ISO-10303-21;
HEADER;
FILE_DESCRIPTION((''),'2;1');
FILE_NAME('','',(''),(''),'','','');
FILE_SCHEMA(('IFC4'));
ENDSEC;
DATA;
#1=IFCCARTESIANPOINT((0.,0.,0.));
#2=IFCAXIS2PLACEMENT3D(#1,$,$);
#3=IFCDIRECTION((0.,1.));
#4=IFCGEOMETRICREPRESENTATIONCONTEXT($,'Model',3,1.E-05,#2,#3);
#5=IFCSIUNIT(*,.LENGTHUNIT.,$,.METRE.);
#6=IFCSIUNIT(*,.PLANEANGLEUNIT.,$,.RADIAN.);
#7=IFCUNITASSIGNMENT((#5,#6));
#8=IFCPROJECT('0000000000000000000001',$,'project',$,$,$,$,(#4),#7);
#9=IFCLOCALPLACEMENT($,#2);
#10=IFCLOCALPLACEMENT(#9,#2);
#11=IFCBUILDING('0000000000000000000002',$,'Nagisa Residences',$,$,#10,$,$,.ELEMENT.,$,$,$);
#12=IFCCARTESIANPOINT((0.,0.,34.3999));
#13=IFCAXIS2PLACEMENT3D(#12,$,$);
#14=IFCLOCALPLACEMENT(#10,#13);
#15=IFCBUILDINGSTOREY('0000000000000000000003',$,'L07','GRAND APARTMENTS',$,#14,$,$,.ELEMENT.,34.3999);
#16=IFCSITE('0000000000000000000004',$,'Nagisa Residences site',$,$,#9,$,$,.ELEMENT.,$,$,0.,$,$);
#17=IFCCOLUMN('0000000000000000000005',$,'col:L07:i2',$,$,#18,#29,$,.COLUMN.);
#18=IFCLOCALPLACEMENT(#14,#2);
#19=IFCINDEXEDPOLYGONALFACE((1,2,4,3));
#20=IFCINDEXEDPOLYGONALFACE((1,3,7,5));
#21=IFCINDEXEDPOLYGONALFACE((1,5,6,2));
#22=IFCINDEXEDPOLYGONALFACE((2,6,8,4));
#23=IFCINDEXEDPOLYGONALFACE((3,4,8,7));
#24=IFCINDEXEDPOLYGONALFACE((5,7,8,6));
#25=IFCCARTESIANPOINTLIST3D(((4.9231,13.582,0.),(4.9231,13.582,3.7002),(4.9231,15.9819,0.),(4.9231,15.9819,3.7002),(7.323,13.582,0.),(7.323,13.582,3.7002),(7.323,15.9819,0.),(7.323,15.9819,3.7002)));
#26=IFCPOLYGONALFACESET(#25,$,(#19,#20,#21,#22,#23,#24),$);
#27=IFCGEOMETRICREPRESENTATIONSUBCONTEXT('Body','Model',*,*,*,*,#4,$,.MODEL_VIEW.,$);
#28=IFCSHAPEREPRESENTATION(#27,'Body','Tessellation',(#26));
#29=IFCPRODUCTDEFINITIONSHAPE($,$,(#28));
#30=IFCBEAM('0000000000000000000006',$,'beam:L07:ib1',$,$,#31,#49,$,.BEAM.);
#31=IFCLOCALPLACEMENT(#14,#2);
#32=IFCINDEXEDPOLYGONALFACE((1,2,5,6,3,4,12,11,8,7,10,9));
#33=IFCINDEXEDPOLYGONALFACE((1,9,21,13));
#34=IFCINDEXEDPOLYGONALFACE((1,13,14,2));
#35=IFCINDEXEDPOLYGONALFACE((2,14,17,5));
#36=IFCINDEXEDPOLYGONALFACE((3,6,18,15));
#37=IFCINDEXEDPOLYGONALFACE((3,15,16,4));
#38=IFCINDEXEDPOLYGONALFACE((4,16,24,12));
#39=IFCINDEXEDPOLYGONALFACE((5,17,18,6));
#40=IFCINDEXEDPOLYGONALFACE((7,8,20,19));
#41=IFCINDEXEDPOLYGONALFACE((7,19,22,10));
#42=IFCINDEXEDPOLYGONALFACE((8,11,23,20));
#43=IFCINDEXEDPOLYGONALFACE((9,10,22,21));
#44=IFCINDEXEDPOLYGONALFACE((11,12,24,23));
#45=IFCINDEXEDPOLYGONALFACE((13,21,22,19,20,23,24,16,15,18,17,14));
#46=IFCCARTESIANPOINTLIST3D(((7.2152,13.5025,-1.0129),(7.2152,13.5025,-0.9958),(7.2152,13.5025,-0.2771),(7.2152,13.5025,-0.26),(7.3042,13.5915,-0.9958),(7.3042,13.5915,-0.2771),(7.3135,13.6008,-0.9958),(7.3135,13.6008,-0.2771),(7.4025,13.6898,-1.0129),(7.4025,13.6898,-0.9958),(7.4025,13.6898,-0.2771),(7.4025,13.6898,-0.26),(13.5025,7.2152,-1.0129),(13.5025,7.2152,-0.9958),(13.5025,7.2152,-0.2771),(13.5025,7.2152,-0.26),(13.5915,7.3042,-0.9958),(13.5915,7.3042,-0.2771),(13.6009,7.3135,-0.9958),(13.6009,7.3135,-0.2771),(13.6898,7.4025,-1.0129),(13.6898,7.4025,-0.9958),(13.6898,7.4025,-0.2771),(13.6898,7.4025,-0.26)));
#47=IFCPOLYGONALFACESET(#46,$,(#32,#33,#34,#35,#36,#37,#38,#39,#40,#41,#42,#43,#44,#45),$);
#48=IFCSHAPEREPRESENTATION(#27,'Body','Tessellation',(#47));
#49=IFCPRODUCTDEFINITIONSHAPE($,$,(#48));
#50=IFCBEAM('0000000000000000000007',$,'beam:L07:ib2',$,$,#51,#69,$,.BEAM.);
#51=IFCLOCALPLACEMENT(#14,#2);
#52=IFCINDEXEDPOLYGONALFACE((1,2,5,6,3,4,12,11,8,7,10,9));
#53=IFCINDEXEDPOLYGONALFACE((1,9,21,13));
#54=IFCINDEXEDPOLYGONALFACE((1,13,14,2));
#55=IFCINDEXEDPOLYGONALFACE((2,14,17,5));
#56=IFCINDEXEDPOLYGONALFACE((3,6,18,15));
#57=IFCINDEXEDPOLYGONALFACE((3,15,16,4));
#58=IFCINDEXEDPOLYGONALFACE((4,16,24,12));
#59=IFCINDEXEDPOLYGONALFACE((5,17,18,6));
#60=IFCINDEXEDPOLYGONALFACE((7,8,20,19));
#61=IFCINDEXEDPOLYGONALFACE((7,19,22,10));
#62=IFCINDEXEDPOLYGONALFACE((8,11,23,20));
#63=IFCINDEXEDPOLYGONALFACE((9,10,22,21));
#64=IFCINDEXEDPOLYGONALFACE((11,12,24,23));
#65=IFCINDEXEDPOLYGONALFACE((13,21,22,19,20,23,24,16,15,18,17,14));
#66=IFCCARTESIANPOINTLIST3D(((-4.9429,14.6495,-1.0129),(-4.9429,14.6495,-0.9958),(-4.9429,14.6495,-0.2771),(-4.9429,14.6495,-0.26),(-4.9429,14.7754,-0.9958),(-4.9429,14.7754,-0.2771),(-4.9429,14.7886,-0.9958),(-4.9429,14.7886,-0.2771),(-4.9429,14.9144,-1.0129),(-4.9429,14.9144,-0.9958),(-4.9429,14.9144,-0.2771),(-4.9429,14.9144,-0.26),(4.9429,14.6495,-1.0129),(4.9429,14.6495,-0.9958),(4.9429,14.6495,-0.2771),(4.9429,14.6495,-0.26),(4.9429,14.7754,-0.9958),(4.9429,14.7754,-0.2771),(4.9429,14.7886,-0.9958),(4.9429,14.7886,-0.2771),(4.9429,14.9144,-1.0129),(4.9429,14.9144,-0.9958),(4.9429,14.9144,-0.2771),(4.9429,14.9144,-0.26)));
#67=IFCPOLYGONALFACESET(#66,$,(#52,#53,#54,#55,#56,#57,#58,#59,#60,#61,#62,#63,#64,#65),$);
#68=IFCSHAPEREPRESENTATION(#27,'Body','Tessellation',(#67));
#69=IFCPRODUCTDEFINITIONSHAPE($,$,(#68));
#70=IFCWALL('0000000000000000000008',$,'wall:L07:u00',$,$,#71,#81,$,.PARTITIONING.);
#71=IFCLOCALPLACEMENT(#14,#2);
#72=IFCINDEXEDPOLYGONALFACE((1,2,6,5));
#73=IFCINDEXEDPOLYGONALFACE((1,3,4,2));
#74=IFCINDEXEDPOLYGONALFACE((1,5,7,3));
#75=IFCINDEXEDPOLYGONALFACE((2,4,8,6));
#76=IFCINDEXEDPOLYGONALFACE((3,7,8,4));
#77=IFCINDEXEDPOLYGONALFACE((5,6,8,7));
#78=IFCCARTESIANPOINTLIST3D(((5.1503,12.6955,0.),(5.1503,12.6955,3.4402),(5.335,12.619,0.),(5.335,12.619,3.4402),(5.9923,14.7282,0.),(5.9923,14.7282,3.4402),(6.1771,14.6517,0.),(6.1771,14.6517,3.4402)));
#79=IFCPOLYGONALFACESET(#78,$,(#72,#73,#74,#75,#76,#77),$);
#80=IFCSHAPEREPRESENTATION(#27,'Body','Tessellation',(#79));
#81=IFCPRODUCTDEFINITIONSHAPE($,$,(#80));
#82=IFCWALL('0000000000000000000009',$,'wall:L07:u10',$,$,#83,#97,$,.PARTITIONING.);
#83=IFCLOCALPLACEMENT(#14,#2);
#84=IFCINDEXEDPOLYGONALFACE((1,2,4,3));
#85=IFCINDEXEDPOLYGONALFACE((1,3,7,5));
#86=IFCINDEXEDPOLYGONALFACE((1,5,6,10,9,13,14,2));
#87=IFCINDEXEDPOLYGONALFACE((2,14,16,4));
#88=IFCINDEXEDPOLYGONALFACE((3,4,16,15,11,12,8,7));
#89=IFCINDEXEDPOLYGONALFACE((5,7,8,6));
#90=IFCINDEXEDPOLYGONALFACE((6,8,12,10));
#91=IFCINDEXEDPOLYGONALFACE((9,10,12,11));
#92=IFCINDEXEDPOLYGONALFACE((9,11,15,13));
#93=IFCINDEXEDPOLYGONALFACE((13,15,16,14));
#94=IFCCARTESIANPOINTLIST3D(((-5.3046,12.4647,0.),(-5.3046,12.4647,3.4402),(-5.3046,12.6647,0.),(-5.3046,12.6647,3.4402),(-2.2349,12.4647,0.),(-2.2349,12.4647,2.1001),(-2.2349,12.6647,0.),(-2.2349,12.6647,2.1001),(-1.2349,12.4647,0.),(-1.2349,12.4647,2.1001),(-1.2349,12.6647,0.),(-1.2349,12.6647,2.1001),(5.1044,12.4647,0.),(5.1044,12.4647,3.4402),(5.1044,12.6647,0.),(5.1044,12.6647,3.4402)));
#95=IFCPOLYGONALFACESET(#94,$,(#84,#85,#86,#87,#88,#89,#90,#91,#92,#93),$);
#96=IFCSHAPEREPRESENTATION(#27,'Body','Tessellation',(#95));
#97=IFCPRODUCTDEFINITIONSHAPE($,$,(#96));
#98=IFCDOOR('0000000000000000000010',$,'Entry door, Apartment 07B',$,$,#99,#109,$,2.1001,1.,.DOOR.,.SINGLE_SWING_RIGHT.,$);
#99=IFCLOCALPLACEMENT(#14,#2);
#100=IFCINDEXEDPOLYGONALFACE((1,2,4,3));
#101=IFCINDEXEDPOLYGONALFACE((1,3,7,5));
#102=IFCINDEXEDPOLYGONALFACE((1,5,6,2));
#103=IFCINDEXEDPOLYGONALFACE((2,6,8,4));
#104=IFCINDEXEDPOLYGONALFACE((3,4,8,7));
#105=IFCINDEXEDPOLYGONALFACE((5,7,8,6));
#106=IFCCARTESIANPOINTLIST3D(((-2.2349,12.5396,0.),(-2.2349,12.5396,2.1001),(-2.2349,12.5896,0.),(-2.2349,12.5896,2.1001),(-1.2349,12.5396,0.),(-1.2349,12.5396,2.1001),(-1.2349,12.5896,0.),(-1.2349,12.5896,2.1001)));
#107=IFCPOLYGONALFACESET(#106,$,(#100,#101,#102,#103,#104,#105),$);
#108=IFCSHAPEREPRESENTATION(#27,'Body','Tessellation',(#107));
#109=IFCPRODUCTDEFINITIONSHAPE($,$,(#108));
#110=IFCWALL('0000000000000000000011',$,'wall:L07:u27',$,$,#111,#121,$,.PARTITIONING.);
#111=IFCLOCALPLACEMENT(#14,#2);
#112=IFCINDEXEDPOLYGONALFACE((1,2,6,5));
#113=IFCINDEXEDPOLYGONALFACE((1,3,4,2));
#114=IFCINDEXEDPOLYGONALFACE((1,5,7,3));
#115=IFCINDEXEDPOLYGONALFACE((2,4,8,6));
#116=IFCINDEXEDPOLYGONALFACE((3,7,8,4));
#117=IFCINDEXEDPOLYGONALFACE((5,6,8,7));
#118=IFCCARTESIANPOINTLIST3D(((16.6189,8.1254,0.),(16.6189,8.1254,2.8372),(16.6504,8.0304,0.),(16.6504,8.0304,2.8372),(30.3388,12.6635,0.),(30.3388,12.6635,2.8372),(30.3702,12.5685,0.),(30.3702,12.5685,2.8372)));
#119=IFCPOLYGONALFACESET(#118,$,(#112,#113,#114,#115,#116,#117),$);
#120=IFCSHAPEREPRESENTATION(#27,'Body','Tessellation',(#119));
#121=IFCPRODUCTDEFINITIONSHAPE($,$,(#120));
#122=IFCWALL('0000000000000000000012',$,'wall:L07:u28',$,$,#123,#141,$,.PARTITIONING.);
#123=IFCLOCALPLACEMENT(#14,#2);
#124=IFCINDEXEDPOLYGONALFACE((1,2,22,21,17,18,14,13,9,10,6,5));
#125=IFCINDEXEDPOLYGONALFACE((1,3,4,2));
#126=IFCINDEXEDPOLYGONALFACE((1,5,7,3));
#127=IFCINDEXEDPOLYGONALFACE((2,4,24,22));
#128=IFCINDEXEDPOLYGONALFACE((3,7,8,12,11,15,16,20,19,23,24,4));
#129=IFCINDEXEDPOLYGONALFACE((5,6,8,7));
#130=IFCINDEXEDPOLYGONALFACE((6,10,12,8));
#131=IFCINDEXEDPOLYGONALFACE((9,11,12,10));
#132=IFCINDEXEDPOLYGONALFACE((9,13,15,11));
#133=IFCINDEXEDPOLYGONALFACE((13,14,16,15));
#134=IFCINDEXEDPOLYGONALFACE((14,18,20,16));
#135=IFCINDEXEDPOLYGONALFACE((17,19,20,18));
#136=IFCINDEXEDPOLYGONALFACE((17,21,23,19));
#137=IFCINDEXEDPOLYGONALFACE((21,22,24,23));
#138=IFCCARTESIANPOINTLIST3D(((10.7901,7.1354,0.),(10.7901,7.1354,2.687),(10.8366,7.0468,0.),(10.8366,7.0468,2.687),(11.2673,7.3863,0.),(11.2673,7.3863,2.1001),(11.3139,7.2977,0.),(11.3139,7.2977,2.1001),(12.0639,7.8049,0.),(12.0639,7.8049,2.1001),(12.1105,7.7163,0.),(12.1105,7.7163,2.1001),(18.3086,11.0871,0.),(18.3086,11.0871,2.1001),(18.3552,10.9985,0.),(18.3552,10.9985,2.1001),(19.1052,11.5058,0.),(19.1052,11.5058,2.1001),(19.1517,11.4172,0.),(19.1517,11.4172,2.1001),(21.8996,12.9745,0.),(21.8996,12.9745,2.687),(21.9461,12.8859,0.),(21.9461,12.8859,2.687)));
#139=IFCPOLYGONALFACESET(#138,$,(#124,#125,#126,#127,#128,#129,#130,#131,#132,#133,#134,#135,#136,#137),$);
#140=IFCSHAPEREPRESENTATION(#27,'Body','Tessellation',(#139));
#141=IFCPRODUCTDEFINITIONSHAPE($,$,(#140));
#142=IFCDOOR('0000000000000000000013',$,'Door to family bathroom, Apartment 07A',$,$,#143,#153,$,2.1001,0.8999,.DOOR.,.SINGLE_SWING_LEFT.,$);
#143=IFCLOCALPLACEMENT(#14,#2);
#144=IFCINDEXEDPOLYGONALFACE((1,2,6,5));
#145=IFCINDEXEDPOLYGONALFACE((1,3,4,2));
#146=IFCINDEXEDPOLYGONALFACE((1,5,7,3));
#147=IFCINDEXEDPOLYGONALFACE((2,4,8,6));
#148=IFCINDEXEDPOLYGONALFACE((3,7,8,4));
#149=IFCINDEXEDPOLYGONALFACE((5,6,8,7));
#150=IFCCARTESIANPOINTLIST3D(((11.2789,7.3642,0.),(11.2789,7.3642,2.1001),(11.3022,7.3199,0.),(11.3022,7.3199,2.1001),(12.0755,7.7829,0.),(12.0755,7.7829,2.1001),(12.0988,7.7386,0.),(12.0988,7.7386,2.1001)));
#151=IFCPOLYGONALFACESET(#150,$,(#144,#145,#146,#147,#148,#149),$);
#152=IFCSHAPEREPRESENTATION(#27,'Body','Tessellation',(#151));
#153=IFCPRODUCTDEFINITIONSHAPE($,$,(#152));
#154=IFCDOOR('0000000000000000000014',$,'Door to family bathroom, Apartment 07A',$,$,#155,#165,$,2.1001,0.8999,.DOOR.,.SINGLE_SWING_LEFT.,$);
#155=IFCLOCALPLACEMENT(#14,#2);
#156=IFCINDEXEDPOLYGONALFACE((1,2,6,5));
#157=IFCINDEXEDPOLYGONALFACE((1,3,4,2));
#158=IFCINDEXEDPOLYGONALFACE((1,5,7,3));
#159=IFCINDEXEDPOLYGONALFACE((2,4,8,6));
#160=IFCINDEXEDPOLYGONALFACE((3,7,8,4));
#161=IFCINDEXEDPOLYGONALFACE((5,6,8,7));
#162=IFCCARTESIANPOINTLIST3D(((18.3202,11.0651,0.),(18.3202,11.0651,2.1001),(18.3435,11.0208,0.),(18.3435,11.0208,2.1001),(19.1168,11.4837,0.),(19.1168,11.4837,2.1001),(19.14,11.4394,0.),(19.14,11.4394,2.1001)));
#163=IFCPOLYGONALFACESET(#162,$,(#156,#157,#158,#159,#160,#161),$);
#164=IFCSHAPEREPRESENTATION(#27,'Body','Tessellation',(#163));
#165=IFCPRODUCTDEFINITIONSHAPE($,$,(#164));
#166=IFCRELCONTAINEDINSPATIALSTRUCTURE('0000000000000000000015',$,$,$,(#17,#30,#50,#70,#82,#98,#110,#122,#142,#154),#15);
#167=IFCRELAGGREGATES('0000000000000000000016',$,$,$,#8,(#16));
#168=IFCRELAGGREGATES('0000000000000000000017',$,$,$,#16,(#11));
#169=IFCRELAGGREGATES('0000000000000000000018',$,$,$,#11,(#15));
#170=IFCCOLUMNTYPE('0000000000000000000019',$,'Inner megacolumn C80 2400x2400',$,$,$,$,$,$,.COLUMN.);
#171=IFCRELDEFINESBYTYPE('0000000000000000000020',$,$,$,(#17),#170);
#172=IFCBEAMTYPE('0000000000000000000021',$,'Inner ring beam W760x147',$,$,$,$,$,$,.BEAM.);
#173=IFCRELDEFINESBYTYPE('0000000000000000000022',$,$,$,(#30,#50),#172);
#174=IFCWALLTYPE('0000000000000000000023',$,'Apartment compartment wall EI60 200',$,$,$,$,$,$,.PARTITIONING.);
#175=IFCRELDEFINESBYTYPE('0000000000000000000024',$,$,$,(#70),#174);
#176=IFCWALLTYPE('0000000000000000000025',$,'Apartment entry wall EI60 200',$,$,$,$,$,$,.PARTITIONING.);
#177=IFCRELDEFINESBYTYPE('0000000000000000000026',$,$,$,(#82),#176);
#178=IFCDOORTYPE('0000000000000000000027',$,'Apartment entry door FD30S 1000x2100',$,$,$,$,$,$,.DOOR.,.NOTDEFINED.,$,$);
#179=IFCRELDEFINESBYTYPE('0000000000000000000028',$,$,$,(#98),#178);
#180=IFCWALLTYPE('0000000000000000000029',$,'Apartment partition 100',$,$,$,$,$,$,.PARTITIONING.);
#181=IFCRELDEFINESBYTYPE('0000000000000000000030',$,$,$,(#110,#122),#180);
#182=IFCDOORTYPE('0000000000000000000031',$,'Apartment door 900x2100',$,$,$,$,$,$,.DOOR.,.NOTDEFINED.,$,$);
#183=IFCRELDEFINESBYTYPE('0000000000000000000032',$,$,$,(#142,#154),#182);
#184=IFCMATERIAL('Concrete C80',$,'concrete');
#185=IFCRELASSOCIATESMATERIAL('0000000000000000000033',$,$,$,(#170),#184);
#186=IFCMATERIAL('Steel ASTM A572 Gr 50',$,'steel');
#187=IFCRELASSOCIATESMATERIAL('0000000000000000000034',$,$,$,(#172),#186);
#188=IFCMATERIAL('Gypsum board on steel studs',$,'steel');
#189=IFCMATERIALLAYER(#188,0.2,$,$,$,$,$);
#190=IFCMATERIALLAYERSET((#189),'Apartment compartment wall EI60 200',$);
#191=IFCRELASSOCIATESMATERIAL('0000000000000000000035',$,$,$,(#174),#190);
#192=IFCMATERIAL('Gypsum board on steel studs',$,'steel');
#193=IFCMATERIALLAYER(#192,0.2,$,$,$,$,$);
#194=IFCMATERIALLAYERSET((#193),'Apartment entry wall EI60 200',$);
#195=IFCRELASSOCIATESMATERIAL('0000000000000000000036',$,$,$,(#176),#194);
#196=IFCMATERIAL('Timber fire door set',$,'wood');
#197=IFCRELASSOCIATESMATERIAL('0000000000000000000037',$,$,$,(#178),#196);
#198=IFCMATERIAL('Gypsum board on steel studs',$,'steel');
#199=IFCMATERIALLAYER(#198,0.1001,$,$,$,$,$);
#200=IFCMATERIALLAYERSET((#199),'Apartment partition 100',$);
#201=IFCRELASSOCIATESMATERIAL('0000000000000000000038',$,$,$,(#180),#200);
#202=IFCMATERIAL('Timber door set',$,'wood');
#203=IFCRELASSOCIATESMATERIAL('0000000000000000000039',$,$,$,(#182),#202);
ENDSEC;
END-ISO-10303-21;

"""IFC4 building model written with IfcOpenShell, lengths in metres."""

from ifc_helpers import new_model, si_unit, direction, frame, frame_2d, origin, origin_2d, place, context, subcontext, project, spatial, rectangle, i_section, extrude, material, layer, layer_set, material_profile, profile_set, type_object, element, fill, save


model = new_model("IFC4")

# Units and contexts
model_context = context("Model", 3, precision=1e-05, world=origin(), true_north=direction((0.0, 1.0)))
body_context = subcontext(model_context, "Body", "Model", "MODEL_VIEW")
ifc_project = project(units=[si_unit("LENGTHUNIT", "METRE"), si_unit("PLANEANGLEUNIT", "RADIAN")], contexts=[model_context])

# Site, building, storey
site_placement = place(None, origin())
site = spatial("IfcSite", under=ifc_project, at=site_placement, Name="Nagisa Residences site", CompositionType="ELEMENT", RefElevation=0.0)
building_placement = place(site_placement, origin())
building = spatial("IfcBuilding", under=site, at=building_placement, Name="Nagisa Residences", CompositionType="ELEMENT")
storey_placement = place(building_placement, frame((0.0, 0.0, 34.3999)))
storey = spatial("IfcBuildingStorey", under=building, at=storey_placement, Name="L07", Description="GRAND APARTMENTS", CompositionType="ELEMENT", Elevation=34.3999)

# Column
ifc_material_1 = material(Name="Concrete C80", Category="concrete")
ifc_material_profile_1 = material_profile(ifc_material_1, rectangle(XDim=2.3999, YDim=2.3999, at=origin_2d()), Name="C80 2400x2400")
ifc_profile_set_1 = profile_set([ifc_material_profile_1], Name="Concrete C80")
column_type = type_object("IfcColumnType", Name="Inner megacolumn C80 2400x2400", PredefinedType="COLUMN", material=ifc_profile_set_1)
column_placement = place(storey_placement, frame((6.123, 14.782, 0.0), z_axis=(0.0, 0.0, 1.0), x_axis=(1.0, 0.0, 0.0)))
element("IfcColumn", 1, at=column_placement, inside=storey, type_object=column_type, Name="col:L07:i2", PredefinedType="COLUMN", context=body_context, shape_type="SweptSolid", body=[
    extrude(rectangle(XDim=2.3999, YDim=2.3999, at=origin_2d()), origin(), (0.0, 0.0, 1.0), 3.7002),
])

# Beams
ifc_material_2 = material(Name="Steel ASTM A572 Gr 50", Category="steel")
ifc_material_profile_2 = material_profile(ifc_material_2, i_section(OverallWidth=0.2649, OverallDepth=0.7529, WebThickness=0.0132, FlangeThickness=0.0171, at=origin_2d()), Name="W760x147")
ifc_profile_set_2 = profile_set([ifc_material_profile_2], Name="Steel ASTM A572 Gr 50")
beam_type = type_object("IfcBeamType", Name="Inner ring beam W760x147", PredefinedType="BEAM", material=ifc_profile_set_2)
beam_1_placement = place(storey_placement, frame((13.5962, 7.3088, -0.6365), z_axis=(-0.707107, 0.707107, 0.0), x_axis=(-0.707107, -0.707107, 0.0)))
element("IfcBeam", 2, at=beam_1_placement, inside=storey, type_object=beam_type, Name="beam:L07:ib1", PredefinedType="BEAM", context=body_context, shape_type="SweptSolid", body=[
    extrude(i_section(OverallWidth=0.2649, OverallDepth=0.7529, WebThickness=0.0132, FlangeThickness=0.0171, at=origin_2d()), origin(), (0.0, 0.0, 1.0), 8.8916),
])
beam_2_placement = place(storey_placement, frame((4.9429, 14.782, -0.6365), z_axis=(-1.0, 0.0, 0.0), x_axis=(0.0, -1.0, 0.0)))
element("IfcBeam", 3, at=beam_2_placement, inside=storey, type_object=beam_type, Name="beam:L07:ib2", PredefinedType="BEAM", context=body_context, shape_type="SweptSolid", body=[
    extrude(i_section(OverallWidth=0.2649, OverallDepth=0.7529, WebThickness=0.0132, FlangeThickness=0.0171, at=origin_2d()), origin(), (0.0, 0.0, 1.0), 9.8857),
])

# Wall
ifc_material_3 = material(Name="Gypsum board on steel studs", Category="steel")
ifc_layer_1 = layer(ifc_material_3, 0.2)
ifc_layer_set_1 = layer_set([ifc_layer_1], Name="Apartment compartment wall EI60 200")
wall_type_1 = type_object("IfcWallType", Name="Apartment compartment wall EI60 200", PredefinedType="PARTITIONING", material=ifc_layer_set_1)
wall_1_placement = place(storey_placement, frame((5.2427, 12.6572, 0.0), z_axis=(0.0, 0.0, 1.0), x_axis=(0.382708, 0.923869, 0.0)))
element("IfcWall", 4, at=wall_1_placement, inside=storey, type_object=wall_type_1, Name="wall:L07:u00", PredefinedType="PARTITIONING", context=body_context, shape_type="SweptSolid", body=[
    extrude(rectangle(XDim=2.2002, YDim=0.2, at=frame_2d((1.1001, 0.0))), origin(), (0.0, 0.0, 1.0), 3.4402),
])

# Wall, opening, door
ifc_material_4 = material(Name="Gypsum board on steel studs", Category="steel")
ifc_layer_2 = layer(ifc_material_4, 0.2)
ifc_layer_set_2 = layer_set([ifc_layer_2], Name="Apartment entry wall EI60 200")
wall_type_2 = type_object("IfcWallType", Name="Apartment entry wall EI60 200", PredefinedType="PARTITIONING", material=ifc_layer_set_2)
wall_2_placement = place(storey_placement, frame((5.1045, 12.5647, 0.0), z_axis=(0.0, 0.0, 1.0), x_axis=(-1.0, 0.0, 0.0)))
wall_2 = element("IfcWall", 5, at=wall_2_placement, inside=storey, type_object=wall_type_2, Name="wall:L07:u10", PredefinedType="PARTITIONING", context=body_context, shape_type="SweptSolid", body=[
    extrude(rectangle(XDim=10.4089, YDim=0.2, at=frame_2d((5.2046, 0.0))), origin(), (0.0, 0.0, 1.0), 3.4402),
])
opening_1_placement = place(wall_2_placement, frame((6.3394, 0.0, 0.0)))
opening_1 = element("IfcOpeningElement", 6, at=opening_1_placement, cuts=wall_2, PredefinedType="OPENING", context=body_context, shape_type="SweptSolid", body=[
    extrude(rectangle(XDim=1.0, YDim=2.1001, at=frame_2d((0.5, 1.05))), frame((0.0, 0.1099, 0.0), z_axis=(0.0, -1.0, 0.0), x_axis=(1.0, 0.0, 0.0)), (0.0, 0.0, 1.0), 0.22),
])
ifc_material_5 = material(Name="Timber fire door set", Category="wood")
door_type_1 = type_object("IfcDoorType", Name="Apartment entry door FD30S 1000x2100", OperationType="NOTDEFINED", PredefinedType="DOOR", material=ifc_material_5)
door_1_placement = place(opening_1_placement, frame((1.0, 0.0, 0.0), x_axis=(-1.0, 0.0, 0.0)))
door_1 = element("IfcDoor", 7, at=door_1_placement, inside=storey, type_object=door_type_1, Name="Entry door, Apartment 07B", OperationType="SINGLE_SWING_RIGHT", OverallHeight=2.1001, OverallWidth=1.0, PredefinedType="DOOR", context=body_context, shape_type="SweptSolid", body=[
    extrude(rectangle(XDim=1.0, YDim=2.1001, at=frame_2d((0.5, 1.05))), frame((0.0, 0.0249, 0.0), z_axis=(0.0, -1.0, 0.0), x_axis=(1.0, 0.0, 0.0)), (0.0, 0.0, 1.0), 0.05),
])
fill(opening_1, door_1)

# Wall
ifc_material_6 = material(Name="Gypsum board on steel studs", Category="steel")
ifc_layer_3 = layer(ifc_material_6, 0.1001)
ifc_layer_set_3 = layer_set([ifc_layer_3], Name="Apartment partition 100")
wall_type_3 = type_object("IfcWallType", Name="Apartment partition 100", PredefinedType="PARTITIONING", material=ifc_layer_set_3)
wall_3_placement = place(storey_placement, frame((16.6345, 8.0779, 0.0), z_axis=(0.0, 0.0, 1.0), x_axis=(0.949412, 0.314032, 0.0)))
element("IfcWall", 8, at=wall_3_placement, inside=storey, type_object=wall_type_3, Name="wall:L07:u27", PredefinedType="PARTITIONING", context=body_context, shape_type="SweptSolid", body=[
    extrude(rectangle(XDim=14.4509, YDim=0.1001, at=frame_2d((7.2256, 0.0))), origin(), (0.0, 0.0, 1.0), 2.8372),
])

# Wall, openings, doors
wall_4_placement = place(storey_placement, frame((10.8132, 7.0911, 0.0), z_axis=(0.0, 0.0, 1.0), x_axis=(0.885183, 0.465244, 0.0)))
wall_4 = element("IfcWall", 9, at=wall_4_placement, inside=storey, type_object=wall_type_3, Name="wall:L07:u28", PredefinedType="PARTITIONING", context=body_context, shape_type="SweptSolid", body=[
    extrude(rectangle(XDim=12.5505, YDim=0.1001, at=frame_2d((6.2754, 0.0))), origin(), (0.0, 0.0, 1.0), 2.687),
])
opening_2_placement = place(wall_4_placement, frame((0.5393, 0.0, 0.0)))
opening_2 = element("IfcOpeningElement", 10, at=opening_2_placement, cuts=wall_4, PredefinedType="OPENING", context=body_context, shape_type="SweptSolid", body=[
    extrude(rectangle(XDim=0.8999, YDim=2.1001, at=frame_2d((0.45, 1.05))), frame((0.0, 0.0601, 0.0), z_axis=(0.0, -1.0, 0.0), x_axis=(1.0, 0.0, 0.0)), (0.0, 0.0, 1.0), 0.1201),
])
opening_3_placement = place(wall_4_placement, frame((8.4939, 0.0, 0.0)))
opening_3 = element("IfcOpeningElement", 11, at=opening_3_placement, cuts=wall_4, PredefinedType="OPENING", context=body_context, shape_type="SweptSolid", body=[
    extrude(rectangle(XDim=0.8999, YDim=2.1001, at=frame_2d((0.45, 1.05))), frame((0.0, 0.0601, 0.0), z_axis=(0.0, -1.0, 0.0), x_axis=(1.0, 0.0, 0.0)), (0.0, 0.0, 1.0), 0.1201),
])
ifc_material_7 = material(Name="Timber door set", Category="wood")
door_type_2 = type_object("IfcDoorType", Name="Apartment door 900x2100", OperationType="NOTDEFINED", PredefinedType="DOOR", material=ifc_material_7)
door_2_placement = place(opening_2_placement, frame((0.8999, 0.0, 0.0), x_axis=(-1.0, 0.0, 0.0)))
door_2 = element("IfcDoor", 12, at=door_2_placement, inside=storey, type_object=door_type_2, Name="Door to family bathroom, Apartment 07A", OperationType="SINGLE_SWING_LEFT", OverallHeight=2.1001, OverallWidth=0.8999, PredefinedType="DOOR", context=body_context, shape_type="SweptSolid", body=[
    extrude(rectangle(XDim=0.8999, YDim=2.1001, at=frame_2d((0.45, 1.05))), frame((0.0, 0.0249, 0.0), z_axis=(0.0, -1.0, 0.0), x_axis=(1.0, 0.0, 0.0)), (0.0, 0.0, 1.0), 0.05),
])
fill(opening_2, door_2)
door_3_placement = place(opening_3_placement, frame((0.8999, 0.0, 0.0), x_axis=(-1.0, 0.0, 0.0)))
door_3 = element("IfcDoor", 13, at=door_3_placement, inside=storey, type_object=door_type_2, Name="Door to family bathroom, Apartment 07A", OperationType="SINGLE_SWING_LEFT", OverallHeight=2.1001, OverallWidth=0.8999, PredefinedType="DOOR", context=body_context, shape_type="SweptSolid", body=[
    extrude(rectangle(XDim=0.8999, YDim=2.1001, at=frame_2d((0.45, 1.05))), frame((0.0, 0.0249, 0.0), z_axis=(0.0, -1.0, 0.0), x_axis=(1.0, 0.0, 0.0)), (0.0, 0.0, 1.0), 0.05),
])
fill(opening_3, door_3)

save(model, "model.ifc")
